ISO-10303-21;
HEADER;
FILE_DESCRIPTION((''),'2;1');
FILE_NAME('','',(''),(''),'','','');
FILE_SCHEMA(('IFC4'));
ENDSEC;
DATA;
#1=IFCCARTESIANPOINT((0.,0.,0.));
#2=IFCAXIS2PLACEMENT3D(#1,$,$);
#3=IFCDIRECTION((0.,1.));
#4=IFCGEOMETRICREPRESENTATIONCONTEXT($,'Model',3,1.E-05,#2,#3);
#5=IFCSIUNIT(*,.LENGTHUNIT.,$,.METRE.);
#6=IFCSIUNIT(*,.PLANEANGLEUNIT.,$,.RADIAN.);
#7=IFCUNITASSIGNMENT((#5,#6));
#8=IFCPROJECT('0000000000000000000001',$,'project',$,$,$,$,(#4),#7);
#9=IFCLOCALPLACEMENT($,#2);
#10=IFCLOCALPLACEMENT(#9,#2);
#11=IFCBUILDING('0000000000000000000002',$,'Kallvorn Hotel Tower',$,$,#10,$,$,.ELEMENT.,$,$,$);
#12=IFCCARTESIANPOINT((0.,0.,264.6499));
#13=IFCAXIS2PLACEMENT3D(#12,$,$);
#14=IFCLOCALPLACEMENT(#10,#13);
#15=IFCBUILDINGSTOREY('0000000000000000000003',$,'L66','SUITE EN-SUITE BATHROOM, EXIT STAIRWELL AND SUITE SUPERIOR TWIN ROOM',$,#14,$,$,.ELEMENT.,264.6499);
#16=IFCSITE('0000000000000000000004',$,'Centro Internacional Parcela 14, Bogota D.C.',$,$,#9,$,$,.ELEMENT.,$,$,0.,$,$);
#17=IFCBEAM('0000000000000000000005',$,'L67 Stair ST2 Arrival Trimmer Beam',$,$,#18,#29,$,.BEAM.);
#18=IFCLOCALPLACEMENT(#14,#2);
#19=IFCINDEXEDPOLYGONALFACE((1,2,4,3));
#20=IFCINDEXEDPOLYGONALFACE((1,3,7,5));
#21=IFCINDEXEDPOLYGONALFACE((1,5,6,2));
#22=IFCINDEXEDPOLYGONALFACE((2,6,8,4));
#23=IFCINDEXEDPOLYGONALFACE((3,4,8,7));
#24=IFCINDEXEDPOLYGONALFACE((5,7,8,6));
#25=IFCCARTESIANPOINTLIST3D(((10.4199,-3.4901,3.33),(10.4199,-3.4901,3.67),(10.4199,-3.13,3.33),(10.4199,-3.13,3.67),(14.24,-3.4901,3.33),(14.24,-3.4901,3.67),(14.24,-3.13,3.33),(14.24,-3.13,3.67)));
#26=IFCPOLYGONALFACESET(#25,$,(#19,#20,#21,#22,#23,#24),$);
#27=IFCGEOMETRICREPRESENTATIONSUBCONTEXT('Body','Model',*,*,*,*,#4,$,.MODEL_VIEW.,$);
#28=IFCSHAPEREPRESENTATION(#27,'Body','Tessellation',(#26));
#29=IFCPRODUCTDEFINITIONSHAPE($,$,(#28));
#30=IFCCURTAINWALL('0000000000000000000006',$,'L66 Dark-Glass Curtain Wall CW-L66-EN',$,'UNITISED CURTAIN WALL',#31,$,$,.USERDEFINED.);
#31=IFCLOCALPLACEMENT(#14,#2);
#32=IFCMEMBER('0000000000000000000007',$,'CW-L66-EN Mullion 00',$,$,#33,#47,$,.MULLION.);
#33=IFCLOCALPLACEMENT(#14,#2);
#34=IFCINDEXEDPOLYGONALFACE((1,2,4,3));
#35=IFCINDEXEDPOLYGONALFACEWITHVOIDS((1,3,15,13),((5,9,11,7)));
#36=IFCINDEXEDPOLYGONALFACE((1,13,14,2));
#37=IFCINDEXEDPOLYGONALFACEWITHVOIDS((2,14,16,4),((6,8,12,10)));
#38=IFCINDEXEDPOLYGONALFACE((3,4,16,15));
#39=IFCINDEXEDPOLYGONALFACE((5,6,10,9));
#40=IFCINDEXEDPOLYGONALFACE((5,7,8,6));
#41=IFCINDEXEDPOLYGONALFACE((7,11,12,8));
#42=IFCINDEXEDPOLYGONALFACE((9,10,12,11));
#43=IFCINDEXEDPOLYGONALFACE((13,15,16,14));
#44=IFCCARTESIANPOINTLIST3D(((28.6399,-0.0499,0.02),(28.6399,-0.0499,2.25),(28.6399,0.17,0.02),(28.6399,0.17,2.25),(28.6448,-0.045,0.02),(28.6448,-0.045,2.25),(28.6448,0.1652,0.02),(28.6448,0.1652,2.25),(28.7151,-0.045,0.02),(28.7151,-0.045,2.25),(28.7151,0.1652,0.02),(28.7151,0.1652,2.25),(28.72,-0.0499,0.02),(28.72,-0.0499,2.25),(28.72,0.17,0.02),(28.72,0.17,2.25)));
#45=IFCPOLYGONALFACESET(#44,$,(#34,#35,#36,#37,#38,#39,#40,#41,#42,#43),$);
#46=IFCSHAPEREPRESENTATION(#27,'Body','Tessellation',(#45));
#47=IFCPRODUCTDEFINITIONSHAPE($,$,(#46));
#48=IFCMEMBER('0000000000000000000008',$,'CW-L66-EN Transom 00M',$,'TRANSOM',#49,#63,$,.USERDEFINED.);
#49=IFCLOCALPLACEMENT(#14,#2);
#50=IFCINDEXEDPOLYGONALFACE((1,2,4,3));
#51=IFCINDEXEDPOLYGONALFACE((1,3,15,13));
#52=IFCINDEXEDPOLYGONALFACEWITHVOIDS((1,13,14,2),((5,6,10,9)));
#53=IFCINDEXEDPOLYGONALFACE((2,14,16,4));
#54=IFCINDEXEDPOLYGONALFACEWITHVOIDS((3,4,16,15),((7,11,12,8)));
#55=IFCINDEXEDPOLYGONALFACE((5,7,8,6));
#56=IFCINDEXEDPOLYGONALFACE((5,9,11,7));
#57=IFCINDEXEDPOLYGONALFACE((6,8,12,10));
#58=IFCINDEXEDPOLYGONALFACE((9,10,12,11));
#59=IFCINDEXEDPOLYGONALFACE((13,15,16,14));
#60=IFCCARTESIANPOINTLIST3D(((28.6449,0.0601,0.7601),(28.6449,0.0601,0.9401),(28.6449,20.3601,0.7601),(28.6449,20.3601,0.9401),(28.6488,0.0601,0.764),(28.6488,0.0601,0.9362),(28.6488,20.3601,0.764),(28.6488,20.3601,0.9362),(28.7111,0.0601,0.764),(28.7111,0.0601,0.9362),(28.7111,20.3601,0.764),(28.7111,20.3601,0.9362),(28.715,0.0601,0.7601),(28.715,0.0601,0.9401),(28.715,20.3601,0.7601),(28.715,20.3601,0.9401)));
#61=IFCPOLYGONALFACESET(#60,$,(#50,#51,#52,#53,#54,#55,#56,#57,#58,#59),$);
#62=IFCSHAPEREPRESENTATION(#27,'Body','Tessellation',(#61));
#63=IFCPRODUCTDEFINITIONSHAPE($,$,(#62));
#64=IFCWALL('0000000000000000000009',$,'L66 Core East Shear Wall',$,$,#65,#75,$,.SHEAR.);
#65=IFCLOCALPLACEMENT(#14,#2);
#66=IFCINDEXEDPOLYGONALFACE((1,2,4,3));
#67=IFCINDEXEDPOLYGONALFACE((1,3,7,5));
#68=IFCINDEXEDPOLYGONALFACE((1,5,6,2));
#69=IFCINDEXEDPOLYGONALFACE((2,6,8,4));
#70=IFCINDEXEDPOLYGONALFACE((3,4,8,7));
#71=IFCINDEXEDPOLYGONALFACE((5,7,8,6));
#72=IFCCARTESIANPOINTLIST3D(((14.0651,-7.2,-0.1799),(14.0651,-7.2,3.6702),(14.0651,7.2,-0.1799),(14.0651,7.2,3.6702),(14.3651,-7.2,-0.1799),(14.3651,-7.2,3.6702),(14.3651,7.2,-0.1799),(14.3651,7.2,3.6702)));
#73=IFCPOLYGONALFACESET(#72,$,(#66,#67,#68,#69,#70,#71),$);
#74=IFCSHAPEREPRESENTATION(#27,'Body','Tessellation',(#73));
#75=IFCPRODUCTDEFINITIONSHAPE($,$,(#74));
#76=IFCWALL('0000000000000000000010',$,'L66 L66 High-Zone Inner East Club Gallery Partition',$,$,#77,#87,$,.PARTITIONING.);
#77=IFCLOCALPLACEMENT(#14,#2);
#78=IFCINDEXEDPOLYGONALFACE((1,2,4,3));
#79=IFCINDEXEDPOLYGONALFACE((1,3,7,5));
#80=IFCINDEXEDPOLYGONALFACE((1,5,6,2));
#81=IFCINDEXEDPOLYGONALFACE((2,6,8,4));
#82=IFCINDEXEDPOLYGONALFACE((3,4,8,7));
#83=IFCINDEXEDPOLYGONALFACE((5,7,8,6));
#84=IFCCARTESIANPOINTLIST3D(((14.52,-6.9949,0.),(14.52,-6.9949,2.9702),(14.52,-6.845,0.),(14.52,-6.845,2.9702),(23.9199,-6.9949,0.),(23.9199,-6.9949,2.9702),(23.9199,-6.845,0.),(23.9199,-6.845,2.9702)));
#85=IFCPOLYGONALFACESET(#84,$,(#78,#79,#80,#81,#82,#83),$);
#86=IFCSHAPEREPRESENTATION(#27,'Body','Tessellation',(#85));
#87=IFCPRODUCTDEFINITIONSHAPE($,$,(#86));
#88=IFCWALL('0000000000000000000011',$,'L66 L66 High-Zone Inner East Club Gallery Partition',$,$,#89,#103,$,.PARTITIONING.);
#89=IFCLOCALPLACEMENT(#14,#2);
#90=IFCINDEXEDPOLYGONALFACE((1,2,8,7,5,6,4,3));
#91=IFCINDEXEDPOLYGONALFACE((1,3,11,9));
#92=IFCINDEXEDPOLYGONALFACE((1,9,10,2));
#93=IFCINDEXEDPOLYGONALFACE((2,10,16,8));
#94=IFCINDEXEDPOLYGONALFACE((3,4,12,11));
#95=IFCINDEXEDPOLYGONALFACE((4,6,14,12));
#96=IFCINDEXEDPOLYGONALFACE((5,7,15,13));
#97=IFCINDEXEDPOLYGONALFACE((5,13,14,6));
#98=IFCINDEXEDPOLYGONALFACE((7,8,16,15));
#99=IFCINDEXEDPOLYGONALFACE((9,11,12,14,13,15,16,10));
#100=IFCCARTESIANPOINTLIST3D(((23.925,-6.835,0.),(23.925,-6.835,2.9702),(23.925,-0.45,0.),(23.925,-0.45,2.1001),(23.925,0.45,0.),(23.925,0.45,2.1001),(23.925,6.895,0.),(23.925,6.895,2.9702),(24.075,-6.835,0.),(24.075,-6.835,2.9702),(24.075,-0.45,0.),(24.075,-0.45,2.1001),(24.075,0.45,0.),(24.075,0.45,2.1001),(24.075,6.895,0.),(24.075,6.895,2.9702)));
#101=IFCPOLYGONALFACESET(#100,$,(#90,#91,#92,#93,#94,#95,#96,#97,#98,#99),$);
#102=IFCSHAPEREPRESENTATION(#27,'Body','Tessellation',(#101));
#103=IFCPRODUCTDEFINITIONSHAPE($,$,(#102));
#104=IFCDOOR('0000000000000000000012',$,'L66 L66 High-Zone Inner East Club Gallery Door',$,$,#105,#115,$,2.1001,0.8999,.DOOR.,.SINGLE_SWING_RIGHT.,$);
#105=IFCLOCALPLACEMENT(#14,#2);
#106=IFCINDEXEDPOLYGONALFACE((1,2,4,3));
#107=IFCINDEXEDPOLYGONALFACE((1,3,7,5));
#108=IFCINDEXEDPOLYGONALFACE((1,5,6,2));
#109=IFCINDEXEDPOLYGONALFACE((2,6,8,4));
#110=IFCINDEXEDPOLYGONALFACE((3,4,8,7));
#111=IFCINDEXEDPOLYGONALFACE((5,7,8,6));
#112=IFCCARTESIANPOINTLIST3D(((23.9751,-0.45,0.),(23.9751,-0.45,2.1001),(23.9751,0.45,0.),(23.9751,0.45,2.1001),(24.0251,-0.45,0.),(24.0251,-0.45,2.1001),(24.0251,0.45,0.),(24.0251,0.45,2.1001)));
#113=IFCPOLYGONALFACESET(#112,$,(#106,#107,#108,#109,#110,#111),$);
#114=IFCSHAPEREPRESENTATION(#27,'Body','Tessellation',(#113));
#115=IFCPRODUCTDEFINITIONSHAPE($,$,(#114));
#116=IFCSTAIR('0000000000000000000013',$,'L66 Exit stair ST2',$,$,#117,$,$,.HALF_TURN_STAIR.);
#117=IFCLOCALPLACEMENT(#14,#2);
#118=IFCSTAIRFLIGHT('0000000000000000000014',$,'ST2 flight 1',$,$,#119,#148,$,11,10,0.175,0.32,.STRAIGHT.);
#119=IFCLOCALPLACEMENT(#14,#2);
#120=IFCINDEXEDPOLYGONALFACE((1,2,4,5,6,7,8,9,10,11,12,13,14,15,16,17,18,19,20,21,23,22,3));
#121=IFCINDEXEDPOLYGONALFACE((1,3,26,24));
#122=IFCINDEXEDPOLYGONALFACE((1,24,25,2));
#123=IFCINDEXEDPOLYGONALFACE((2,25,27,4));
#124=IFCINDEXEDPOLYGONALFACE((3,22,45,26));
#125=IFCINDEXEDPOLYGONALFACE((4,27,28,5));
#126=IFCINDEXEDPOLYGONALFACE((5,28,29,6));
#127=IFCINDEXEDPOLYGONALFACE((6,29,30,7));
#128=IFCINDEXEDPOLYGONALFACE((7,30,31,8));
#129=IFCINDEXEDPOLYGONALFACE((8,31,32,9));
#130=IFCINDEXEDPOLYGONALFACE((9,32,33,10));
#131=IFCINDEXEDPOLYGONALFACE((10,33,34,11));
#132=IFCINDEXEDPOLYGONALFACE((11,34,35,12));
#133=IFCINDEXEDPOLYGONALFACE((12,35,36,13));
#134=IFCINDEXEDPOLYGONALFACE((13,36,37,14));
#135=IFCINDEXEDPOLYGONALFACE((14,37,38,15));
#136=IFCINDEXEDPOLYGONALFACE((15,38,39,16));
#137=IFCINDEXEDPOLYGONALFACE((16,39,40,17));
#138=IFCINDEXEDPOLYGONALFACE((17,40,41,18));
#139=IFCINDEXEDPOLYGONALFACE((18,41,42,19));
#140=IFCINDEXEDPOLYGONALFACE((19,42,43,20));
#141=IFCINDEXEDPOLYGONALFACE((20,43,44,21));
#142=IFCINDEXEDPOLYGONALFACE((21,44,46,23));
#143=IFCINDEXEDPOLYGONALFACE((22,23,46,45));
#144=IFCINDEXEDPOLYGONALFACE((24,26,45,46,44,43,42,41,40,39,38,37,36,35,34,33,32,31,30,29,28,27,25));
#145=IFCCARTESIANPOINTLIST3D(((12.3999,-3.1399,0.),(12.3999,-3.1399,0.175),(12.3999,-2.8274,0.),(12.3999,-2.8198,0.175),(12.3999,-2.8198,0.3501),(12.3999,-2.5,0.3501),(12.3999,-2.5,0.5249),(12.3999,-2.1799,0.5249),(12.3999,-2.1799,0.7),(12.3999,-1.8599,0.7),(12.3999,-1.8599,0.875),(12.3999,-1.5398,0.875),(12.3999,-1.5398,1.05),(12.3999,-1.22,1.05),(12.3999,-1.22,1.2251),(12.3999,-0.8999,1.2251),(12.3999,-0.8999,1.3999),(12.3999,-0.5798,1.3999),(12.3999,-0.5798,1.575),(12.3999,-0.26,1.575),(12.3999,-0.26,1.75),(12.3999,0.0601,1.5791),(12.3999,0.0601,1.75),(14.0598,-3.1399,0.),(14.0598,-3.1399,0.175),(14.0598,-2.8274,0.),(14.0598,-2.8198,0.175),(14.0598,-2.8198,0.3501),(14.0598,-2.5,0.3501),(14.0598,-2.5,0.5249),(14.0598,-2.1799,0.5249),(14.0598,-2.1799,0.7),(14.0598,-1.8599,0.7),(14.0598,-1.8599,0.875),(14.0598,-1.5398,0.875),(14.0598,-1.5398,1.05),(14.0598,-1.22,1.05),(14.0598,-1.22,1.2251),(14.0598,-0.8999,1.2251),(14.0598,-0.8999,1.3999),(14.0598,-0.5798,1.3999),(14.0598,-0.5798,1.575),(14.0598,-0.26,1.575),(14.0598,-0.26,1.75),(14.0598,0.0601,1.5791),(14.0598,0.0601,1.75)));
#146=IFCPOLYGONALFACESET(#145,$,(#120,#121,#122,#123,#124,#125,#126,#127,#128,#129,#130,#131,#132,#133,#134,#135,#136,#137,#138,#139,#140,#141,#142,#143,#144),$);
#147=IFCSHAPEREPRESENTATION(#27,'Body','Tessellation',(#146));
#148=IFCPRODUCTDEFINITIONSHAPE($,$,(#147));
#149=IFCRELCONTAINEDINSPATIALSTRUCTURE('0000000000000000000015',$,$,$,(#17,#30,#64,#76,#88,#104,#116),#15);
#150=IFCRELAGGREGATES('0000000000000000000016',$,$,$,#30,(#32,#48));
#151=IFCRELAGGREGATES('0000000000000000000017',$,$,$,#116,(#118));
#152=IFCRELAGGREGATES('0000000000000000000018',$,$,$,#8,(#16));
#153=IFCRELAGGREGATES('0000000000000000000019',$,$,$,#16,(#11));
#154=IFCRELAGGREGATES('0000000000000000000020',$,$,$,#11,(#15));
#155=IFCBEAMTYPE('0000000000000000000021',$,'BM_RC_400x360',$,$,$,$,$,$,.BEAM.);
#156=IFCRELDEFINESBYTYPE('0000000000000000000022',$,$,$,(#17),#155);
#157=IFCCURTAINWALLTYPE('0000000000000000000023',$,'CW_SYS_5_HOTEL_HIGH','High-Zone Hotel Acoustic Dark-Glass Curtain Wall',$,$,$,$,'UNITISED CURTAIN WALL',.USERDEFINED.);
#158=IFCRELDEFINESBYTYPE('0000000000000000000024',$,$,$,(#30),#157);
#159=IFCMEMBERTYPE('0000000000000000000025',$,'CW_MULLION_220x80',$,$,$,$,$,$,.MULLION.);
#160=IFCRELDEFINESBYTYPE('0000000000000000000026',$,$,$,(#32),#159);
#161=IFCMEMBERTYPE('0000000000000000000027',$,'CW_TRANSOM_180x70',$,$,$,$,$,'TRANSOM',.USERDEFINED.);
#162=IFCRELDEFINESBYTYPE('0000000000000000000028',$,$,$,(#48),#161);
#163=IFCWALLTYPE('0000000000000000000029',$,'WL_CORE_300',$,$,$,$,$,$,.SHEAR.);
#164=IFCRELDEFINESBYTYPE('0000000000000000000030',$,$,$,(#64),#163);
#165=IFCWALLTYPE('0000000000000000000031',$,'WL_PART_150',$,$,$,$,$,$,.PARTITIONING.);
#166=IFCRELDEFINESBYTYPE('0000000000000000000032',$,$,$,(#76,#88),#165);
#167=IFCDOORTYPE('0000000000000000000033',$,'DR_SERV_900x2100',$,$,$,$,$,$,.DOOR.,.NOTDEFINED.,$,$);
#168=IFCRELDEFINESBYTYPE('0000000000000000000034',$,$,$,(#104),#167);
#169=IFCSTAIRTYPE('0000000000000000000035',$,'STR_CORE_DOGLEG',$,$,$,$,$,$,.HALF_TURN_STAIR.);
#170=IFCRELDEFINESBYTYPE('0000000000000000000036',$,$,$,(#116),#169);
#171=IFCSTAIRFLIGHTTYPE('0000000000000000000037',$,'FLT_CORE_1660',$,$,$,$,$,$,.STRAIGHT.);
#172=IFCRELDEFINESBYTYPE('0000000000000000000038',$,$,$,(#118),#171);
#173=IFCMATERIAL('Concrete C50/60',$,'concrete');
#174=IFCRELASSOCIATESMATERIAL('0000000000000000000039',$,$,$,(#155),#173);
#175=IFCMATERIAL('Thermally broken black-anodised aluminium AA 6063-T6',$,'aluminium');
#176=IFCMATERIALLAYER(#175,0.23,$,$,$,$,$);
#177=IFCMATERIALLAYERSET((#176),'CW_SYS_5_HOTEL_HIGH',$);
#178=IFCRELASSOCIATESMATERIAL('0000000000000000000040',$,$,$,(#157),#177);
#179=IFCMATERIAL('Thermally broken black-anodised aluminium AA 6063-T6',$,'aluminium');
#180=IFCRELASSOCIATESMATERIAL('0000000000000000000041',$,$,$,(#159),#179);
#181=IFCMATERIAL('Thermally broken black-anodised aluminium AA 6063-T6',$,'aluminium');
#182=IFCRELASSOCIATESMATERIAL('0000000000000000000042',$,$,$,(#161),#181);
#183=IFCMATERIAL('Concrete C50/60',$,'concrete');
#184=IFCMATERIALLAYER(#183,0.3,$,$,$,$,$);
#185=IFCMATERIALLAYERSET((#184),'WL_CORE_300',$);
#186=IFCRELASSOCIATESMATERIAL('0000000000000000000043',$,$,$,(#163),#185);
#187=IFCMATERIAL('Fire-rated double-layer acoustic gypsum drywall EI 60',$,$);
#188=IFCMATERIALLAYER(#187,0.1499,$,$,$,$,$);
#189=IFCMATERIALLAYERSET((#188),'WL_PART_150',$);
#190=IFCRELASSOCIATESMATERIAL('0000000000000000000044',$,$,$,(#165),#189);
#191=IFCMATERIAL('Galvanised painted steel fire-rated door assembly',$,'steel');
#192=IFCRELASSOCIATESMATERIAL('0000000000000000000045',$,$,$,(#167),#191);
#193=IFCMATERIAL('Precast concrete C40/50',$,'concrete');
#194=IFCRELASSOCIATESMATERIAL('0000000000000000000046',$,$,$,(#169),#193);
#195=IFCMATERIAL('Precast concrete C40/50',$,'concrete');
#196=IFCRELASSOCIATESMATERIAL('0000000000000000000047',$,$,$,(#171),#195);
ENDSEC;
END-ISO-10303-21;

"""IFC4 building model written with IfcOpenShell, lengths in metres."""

from ifc_helpers import new_model, si_unit, direction, frame, frame_2d, origin, origin_2d, place, context, subcontext, project, spatial, polyline, rectangle, hollow_rectangle, outline, extrude, material, layer, layer_set, material_profile, profile_set, type_object, element, fill, aggregate, save


model = new_model("IFC4")

# Units and contexts
model_context = context("Model", 3, precision=1e-05, world=origin(), true_north=direction((0.0, 1.0)))
body_context = subcontext(model_context, "Body", "Model", "MODEL_VIEW")
ifc_project = project(units=[si_unit("LENGTHUNIT", "METRE"), si_unit("PLANEANGLEUNIT", "RADIAN")], contexts=[model_context])

# Site, building, storey
site_placement = place(None, origin())
site = spatial("IfcSite", under=ifc_project, at=site_placement, Name="Centro Internacional Parcela 14, Bogota D.C.", CompositionType="ELEMENT", RefElevation=0.0)
building_placement = place(site_placement, origin())
building = spatial("IfcBuilding", under=site, at=building_placement, Name="Kallvorn Hotel Tower", CompositionType="ELEMENT")
storey_placement = place(building_placement, frame((0.0, 0.0, 264.6499)))
storey = spatial("IfcBuildingStorey", under=building, at=storey_placement, Name="L66", Description="SUITE EN-SUITE BATHROOM, EXIT STAIRWELL AND SUITE SUPERIOR TWIN ROOM", CompositionType="ELEMENT", Elevation=264.6499)

# Beam
ifc_material_1 = material(Name="Concrete C50/60", Category="concrete")
ifc_material_profile_1 = material_profile(ifc_material_1, rectangle(XDim=0.3601, YDim=0.3401, at=origin_2d()), Name="RC 360x340")
ifc_profile_set_1 = profile_set([ifc_material_profile_1], Name="Concrete C50/60")
beam_type_1 = type_object("IfcBeamType", Name="BM_RC_400x360", PredefinedType="BEAM", material=ifc_profile_set_1)
beam_1_placement = place(storey_placement, frame((14.24, -3.3101, 3.5), z_axis=(-1.0, 0.0, 0.0), x_axis=(0.0, -1.0, 0.0)))
element("IfcBeam", 1, at=beam_1_placement, inside=storey, type_object=beam_type_1, Name="L67 Stair ST2 Arrival Trimmer Beam", PredefinedType="BEAM", context=body_context, shape_type="SweptSolid", body=[
    extrude(rectangle(XDim=0.3601, YDim=0.3401, at=origin_2d()), origin(), (0.0, 0.0, 1.0), 3.8201),
])

# Curtain wall, members
ifc_material_2 = material(Name="Thermally broken black-anodised aluminium AA 6063-T6", Category="aluminium")
ifc_layer_1 = layer(ifc_material_2, 0.23)
ifc_layer_set_1 = layer_set([ifc_layer_1], Name="CW_SYS_5_HOTEL_HIGH")
curtain_wall_type = type_object("IfcCurtainWallType", Name="CW_SYS_5_HOTEL_HIGH", Description="High-Zone Hotel Acoustic Dark-Glass Curtain Wall", ElementType="UNITISED CURTAIN WALL", PredefinedType="USERDEFINED", material=ifc_layer_set_1)
curtain_wall_placement = place(storey_placement, origin())
curtain_wall = element("IfcCurtainWall", 2, at=curtain_wall_placement, inside=storey, type_object=curtain_wall_type, Name="L66 Dark-Glass Curtain Wall CW-L66-EN", ObjectType="UNITISED CURTAIN WALL", PredefinedType="USERDEFINED")
ifc_material_3 = material(Name="Thermally broken black-anodised aluminium AA 6063-T6", Category="aluminium")
ifc_material_profile_2 = material_profile(ifc_material_3, hollow_rectangle(XDim=0.0801, YDim=0.22, WallThickness=0.0049, at=origin_2d()), Name="MUL 220x80")
ifc_profile_set_2 = profile_set([ifc_material_profile_2], Name="Thermally broken black-anodised aluminium AA 6063-T6")
member_type_1 = type_object("IfcMemberType", Name="CW_MULLION_220x80", PredefinedType="MULLION", material=ifc_profile_set_2)
member_1_placement = place(storey_placement, frame((28.6799, 0.0601, 0.02), z_axis=(0.0, 0.0, 1.0), x_axis=(1.0, 0.0, 0.0)))
member_1 = element("IfcMember", 3, at=member_1_placement, type_object=member_type_1, Name="CW-L66-EN Mullion 00", PredefinedType="MULLION", context=body_context, shape_type="SweptSolid", body=[
    extrude(hollow_rectangle(XDim=0.0801, YDim=0.22, WallThickness=0.0049, at=origin_2d()), origin(), (0.0, 0.0, 1.0), 2.23),
])
ifc_material_4 = material(Name="Thermally broken black-anodised aluminium AA 6063-T6", Category="aluminium")
ifc_material_profile_3 = material_profile(ifc_material_4, hollow_rectangle(XDim=0.0701, YDim=0.1799, WallThickness=0.0039, at=origin_2d()), Name="TRN 180x70")
ifc_profile_set_3 = profile_set([ifc_material_profile_3], Name="Thermally broken black-anodised aluminium AA 6063-T6")
member_type_2 = type_object("IfcMemberType", Name="CW_TRANSOM_180x70", ElementType="TRANSOM", PredefinedType="USERDEFINED", material=ifc_profile_set_3)
member_2_placement = place(storey_placement, frame((28.6799, 0.0601, 0.8501), z_axis=(0.0, 1.0, 0.0), x_axis=(-1.0, 0.0, 0.0)))
member_2 = element("IfcMember", 4, at=member_2_placement, type_object=member_type_2, Name="CW-L66-EN Transom 00M", ObjectType="TRANSOM", PredefinedType="USERDEFINED", context=body_context, shape_type="SweptSolid", body=[
    extrude(hollow_rectangle(XDim=0.0701, YDim=0.1799, WallThickness=0.0039, at=origin_2d()), origin(), (0.0, 0.0, 1.0), 20.3),
])
aggregate(curtain_wall, [member_1, member_2])

# Walls
ifc_material_5 = material(Name="Concrete C50/60", Category="concrete")
ifc_layer_2 = layer(ifc_material_5, 0.3)
ifc_layer_set_2 = layer_set([ifc_layer_2], Name="WL_CORE_300")
wall_type_1 = type_object("IfcWallType", Name="WL_CORE_300", PredefinedType="SHEAR", material=ifc_layer_set_2)
wall_1_placement = place(storey_placement, frame((14.2151, -7.2, -0.1799), z_axis=(0.0, 0.0, 1.0), x_axis=(0.0, 1.0, 0.0)))
element("IfcWall", 5, at=wall_1_placement, inside=storey, type_object=wall_type_1, Name="L66 Core East Shear Wall", PredefinedType="SHEAR", context=body_context, shape_type="SweptSolid", body=[
    extrude(rectangle(XDim=14.3999, YDim=0.3, at=frame_2d((7.2, 0.0))), origin(), (0.0, 0.0, 1.0), 3.8501),
])
ifc_material_6 = material(Name="Fire-rated double-layer acoustic gypsum drywall EI 60")
ifc_layer_3 = layer(ifc_material_6, 0.1499)
ifc_layer_set_3 = layer_set([ifc_layer_3], Name="WL_PART_150")
wall_type_2 = type_object("IfcWallType", Name="WL_PART_150", PredefinedType="PARTITIONING", material=ifc_layer_set_3)
wall_2_placement = place(storey_placement, frame((14.52, -6.9199, 0.0), z_axis=(0.0, 0.0, 1.0), x_axis=(1.0, 0.0, 0.0)))
element("IfcWall", 6, at=wall_2_placement, inside=storey, type_object=wall_type_2, Name="L66 L66 High-Zone Inner East Club Gallery Partition", PredefinedType="PARTITIONING", context=body_context, shape_type="SweptSolid", body=[
    extrude(rectangle(XDim=9.3999, YDim=0.1499, at=frame_2d((4.7, 0.0))), origin(), (0.0, 0.0, 1.0), 2.9702),
])

# Wall, opening, door
wall_3_placement = place(storey_placement, frame((24.0, -6.835, 0.0), z_axis=(0.0, 0.0, 1.0), x_axis=(0.0, 1.0, 0.0)))
wall_3 = element("IfcWall", 7, at=wall_3_placement, inside=storey, type_object=wall_type_2, Name="L66 L66 High-Zone Inner East Club Gallery Partition", PredefinedType="PARTITIONING", context=body_context, shape_type="SweptSolid", body=[
    extrude(rectangle(XDim=13.73, YDim=0.1499, at=frame_2d((6.865, 0.0))), origin(), (0.0, 0.0, 1.0), 2.9702),
])
opening_placement = place(wall_3_placement, frame((6.385, 0.0, 0.0)))
opening = element("IfcOpeningElement", 8, at=opening_placement, cuts=wall_3, PredefinedType="OPENING", context=body_context, shape_type="SweptSolid", body=[
    extrude(rectangle(XDim=0.8999, YDim=2.1001, at=frame_2d((0.45, 1.05))), frame((0.0, 0.0898, 0.0), z_axis=(0.0, -1.0, 0.0), x_axis=(1.0, 0.0, 0.0)), (0.0, 0.0, 1.0), 0.1799),
])
ifc_material_7 = material(Name="Galvanised painted steel fire-rated door assembly", Category="steel")
door_type = type_object("IfcDoorType", Name="DR_SERV_900x2100", OperationType="NOTDEFINED", PredefinedType="DOOR", material=ifc_material_7)
door_placement = place(opening_placement, origin())
door = element("IfcDoor", 9, at=door_placement, inside=storey, type_object=door_type, Name="L66 L66 High-Zone Inner East Club Gallery Door", OperationType="SINGLE_SWING_RIGHT", OverallHeight=2.1001, OverallWidth=0.8999, PredefinedType="DOOR", context=body_context, shape_type="SweptSolid", body=[
    extrude(rectangle(XDim=0.8999, YDim=2.1001, at=frame_2d((0.45, 1.05))), frame((0.0, 0.0249, 0.0), z_axis=(0.0, -1.0, 0.0), x_axis=(1.0, 0.0, 0.0)), (0.0, 0.0, 1.0), 0.05),
])
fill(opening, door)

# Stair, stair flight
ifc_material_8 = material(Name="Precast concrete C40/50", Category="concrete")
stair_type = type_object("IfcStairType", Name="STR_CORE_DOGLEG", PredefinedType="HALF_TURN_STAIR", material=ifc_material_8)
stair_placement = place(storey_placement, origin())
stair = element("IfcStair", 10, at=stair_placement, inside=storey, type_object=stair_type, Name="L66 Exit stair ST2", PredefinedType="HALF_TURN_STAIR")
ifc_material_9 = material(Name="Precast concrete C40/50", Category="concrete")
stair_flight_type = type_object("IfcStairFlightType", Name="FLT_CORE_1660", PredefinedType="STRAIGHT", material=ifc_material_9)
stair_flight_placement = place(storey_placement, frame((13.23, -3.1399, 0.0), z_axis=(0.0, 0.0, 1.0), x_axis=(0.0, 1.0, 0.0)))
stair_flight = element("IfcStairFlight", 11, at=stair_flight_placement, type_object=stair_flight_type, Name="ST2 flight 1", NumberOfRisers=11, NumberOfTreads=10, PredefinedType="STRAIGHT", RiserHeight=0.175, TreadLength=0.32, context=body_context, shape_type="SweptSolid", body=[
    extrude(outline(polyline([(0.0, 0.0), (0.0, 0.175), (0.3201, 0.175), (0.3201, 0.3501), (0.6399, 0.3501), (0.6399, 0.5249), (0.96, 0.5249), (0.96, 0.7), (1.28, 0.7), (1.28, 0.875), (1.6001, 0.875), (1.6001, 1.05), (1.9199, 1.05), (1.9199, 1.2251), (2.24, 1.2251), (2.24, 1.3999), (2.5601, 1.3999), (2.5601, 1.575), (2.8799, 1.575), (2.8799, 1.75), (3.2, 1.75), (3.2, 1.925), (3.2, 1.5791), (0.3125, 0.0), (0.0, 0.0)])), frame((0.0, 0.8301, 0.0), z_axis=(0.0, -1.0, 0.0), x_axis=(1.0, 0.0, 0.0)), (0.0, 0.0, 1.0), 1.6599),
])
aggregate(stair, [stair_flight])

save(model, "model.ifc")
